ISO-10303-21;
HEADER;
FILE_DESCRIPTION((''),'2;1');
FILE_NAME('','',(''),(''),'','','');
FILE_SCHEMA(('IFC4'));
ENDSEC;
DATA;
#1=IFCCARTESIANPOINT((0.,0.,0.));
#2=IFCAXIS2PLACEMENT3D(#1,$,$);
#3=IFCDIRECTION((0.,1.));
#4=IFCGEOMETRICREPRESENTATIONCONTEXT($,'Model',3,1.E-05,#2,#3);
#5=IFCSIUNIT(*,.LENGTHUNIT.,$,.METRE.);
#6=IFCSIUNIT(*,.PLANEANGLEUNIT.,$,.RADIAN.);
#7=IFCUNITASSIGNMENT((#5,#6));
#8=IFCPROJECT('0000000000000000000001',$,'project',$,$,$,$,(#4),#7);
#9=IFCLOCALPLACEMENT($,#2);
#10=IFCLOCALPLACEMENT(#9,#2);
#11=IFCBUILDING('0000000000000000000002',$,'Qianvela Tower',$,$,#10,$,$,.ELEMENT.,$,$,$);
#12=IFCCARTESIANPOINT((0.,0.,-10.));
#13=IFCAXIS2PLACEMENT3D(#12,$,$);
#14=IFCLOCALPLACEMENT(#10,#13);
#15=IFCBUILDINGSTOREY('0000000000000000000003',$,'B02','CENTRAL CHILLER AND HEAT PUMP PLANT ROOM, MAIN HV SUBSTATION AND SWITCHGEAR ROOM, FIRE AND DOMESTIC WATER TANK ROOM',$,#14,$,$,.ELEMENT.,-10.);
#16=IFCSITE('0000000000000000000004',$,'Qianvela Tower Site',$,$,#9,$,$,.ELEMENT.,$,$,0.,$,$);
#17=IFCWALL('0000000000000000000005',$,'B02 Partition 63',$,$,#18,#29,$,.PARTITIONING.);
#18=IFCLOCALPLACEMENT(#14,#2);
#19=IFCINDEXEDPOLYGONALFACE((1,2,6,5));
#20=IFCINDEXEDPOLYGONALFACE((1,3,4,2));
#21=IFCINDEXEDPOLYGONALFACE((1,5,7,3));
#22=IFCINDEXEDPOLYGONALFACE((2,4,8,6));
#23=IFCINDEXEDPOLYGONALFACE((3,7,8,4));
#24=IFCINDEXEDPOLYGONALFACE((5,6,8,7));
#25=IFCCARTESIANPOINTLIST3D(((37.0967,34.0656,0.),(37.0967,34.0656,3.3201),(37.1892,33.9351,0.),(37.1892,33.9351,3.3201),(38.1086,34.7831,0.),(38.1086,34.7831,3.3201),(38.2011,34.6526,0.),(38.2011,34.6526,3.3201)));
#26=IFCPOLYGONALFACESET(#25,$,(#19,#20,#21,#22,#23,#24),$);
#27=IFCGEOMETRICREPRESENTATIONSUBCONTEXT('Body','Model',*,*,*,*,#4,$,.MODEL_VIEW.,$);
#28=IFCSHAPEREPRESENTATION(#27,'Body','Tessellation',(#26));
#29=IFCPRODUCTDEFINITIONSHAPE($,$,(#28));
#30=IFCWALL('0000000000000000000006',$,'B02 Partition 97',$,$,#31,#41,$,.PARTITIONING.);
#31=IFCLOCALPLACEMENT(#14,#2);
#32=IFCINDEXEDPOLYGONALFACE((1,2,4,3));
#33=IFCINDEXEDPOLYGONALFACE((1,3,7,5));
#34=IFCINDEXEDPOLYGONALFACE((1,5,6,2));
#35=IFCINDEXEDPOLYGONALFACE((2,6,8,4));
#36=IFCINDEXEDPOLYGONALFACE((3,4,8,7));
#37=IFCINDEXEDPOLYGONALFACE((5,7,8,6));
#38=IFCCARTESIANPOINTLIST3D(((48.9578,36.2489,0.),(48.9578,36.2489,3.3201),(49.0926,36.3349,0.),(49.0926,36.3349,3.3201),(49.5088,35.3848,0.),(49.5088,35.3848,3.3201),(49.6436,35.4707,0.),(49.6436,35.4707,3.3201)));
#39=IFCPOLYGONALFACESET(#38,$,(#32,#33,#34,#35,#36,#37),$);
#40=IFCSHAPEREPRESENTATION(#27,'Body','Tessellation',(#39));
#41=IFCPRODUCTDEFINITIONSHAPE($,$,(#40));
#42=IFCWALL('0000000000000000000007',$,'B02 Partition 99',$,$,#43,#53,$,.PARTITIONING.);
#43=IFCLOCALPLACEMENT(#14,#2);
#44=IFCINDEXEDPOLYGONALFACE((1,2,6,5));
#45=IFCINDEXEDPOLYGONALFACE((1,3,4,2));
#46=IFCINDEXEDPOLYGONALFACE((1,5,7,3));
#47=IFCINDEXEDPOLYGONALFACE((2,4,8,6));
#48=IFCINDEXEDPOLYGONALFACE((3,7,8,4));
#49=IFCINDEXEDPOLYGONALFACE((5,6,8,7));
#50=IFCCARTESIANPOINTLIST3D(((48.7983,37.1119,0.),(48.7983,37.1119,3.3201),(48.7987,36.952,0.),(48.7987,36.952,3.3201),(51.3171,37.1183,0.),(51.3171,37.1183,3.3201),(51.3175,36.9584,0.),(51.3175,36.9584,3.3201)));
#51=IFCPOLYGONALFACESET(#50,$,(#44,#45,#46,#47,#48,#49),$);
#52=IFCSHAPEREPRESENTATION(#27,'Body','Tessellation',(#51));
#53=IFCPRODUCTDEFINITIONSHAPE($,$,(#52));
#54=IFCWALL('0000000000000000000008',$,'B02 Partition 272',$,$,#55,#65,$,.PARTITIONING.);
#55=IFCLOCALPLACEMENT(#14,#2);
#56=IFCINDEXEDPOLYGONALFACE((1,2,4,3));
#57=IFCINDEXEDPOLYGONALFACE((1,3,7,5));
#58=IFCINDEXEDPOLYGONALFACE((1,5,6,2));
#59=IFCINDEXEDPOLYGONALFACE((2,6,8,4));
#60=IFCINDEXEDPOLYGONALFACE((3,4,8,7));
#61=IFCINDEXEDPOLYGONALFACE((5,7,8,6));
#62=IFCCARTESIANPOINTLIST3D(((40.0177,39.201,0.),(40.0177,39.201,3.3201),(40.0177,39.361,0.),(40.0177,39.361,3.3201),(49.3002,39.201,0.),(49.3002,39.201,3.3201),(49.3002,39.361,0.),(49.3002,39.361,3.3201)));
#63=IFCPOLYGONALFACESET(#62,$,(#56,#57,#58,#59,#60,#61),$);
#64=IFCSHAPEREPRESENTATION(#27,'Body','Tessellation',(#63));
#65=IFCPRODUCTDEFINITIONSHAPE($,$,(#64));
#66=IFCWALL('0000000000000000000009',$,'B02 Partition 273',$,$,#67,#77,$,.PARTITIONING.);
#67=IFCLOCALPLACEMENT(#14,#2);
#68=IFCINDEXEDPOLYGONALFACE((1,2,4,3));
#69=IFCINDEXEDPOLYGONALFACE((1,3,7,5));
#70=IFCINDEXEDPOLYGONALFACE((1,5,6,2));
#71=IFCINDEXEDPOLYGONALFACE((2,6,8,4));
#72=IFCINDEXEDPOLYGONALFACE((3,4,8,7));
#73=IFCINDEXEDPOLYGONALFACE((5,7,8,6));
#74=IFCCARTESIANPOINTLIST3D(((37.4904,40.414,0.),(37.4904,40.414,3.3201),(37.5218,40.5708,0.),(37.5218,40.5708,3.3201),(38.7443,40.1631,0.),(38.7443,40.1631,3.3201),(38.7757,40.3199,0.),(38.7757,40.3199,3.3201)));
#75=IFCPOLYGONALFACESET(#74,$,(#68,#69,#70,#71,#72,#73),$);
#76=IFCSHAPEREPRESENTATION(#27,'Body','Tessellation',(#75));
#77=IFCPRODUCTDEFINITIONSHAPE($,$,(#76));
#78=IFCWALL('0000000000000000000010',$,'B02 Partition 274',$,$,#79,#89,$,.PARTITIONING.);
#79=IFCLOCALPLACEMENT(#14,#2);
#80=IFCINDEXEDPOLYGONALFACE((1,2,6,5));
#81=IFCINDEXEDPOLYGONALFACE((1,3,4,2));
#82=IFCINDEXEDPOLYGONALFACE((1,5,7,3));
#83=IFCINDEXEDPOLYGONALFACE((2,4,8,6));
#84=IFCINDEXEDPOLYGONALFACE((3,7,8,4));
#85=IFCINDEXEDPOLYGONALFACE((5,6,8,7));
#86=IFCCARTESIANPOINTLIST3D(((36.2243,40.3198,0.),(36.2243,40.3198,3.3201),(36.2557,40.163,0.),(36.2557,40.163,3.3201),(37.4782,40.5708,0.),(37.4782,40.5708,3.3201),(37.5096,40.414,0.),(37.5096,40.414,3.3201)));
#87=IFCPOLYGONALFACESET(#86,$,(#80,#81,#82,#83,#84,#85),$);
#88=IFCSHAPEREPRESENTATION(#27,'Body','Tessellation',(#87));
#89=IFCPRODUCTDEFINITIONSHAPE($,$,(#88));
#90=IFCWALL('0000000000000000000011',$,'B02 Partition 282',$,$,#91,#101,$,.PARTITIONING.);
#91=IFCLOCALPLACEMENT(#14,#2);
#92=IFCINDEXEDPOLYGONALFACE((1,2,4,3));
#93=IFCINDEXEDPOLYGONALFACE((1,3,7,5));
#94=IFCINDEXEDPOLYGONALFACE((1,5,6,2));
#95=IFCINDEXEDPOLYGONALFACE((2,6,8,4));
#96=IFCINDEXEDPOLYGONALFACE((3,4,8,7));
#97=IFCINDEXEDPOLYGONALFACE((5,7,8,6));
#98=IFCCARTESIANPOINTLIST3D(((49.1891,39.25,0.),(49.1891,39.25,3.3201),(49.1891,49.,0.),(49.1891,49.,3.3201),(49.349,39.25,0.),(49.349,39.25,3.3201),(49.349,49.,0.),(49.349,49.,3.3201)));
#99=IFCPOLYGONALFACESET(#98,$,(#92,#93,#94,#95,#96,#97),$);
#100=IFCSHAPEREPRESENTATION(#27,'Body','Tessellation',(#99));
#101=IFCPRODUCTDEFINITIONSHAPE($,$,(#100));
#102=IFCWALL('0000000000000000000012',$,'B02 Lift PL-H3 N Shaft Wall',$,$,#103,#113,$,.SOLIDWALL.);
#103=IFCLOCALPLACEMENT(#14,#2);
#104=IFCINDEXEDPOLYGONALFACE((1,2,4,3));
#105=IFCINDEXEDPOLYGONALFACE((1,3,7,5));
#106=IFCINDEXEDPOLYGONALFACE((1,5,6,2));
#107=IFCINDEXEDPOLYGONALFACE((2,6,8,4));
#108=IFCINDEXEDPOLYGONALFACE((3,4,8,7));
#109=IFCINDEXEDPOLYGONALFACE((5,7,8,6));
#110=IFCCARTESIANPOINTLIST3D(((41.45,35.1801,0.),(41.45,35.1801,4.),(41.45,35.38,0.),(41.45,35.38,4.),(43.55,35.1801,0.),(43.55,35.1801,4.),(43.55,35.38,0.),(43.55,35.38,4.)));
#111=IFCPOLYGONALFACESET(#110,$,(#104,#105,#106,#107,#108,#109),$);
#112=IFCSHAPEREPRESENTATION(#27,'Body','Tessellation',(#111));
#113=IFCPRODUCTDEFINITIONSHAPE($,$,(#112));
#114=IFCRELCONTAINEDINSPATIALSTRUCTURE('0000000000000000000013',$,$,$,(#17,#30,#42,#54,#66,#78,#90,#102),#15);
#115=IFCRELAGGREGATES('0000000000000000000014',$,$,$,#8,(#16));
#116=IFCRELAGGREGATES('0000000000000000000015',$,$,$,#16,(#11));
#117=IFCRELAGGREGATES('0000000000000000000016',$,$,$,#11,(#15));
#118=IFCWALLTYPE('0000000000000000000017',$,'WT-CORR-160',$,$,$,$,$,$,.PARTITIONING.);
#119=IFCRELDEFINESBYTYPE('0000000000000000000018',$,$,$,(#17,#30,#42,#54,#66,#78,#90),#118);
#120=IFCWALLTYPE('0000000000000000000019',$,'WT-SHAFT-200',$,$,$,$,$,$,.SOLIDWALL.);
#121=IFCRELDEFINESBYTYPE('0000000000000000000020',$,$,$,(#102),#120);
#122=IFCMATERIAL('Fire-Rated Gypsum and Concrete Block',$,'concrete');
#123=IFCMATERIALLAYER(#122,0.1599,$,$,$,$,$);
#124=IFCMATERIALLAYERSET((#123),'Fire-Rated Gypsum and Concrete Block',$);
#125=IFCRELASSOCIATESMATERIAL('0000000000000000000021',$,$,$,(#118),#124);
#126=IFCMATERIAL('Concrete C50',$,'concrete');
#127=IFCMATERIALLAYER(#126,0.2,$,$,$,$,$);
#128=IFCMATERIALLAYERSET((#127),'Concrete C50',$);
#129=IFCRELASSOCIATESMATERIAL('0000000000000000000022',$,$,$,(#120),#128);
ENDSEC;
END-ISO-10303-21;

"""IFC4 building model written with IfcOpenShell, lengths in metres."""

from ifc_helpers import new_model, si_unit, direction, frame, frame_2d, origin, place, context, subcontext, project, spatial, rectangle, extrude, material, layer, layer_set, type_object, element, save


model = new_model("IFC4")

# Units and contexts
model_context = context("Model", 3, precision=1e-05, world=origin(), true_north=direction((0.0, 1.0)))
body_context = subcontext(model_context, "Body", "Model", "MODEL_VIEW")
ifc_project = project(units=[si_unit("LENGTHUNIT", "METRE"), si_unit("PLANEANGLEUNIT", "RADIAN")], contexts=[model_context])

# Site, building, storey
site_placement = place(None, origin())
site = spatial("IfcSite", under=ifc_project, at=site_placement, Name="Qianvela Tower Site", CompositionType="ELEMENT", RefElevation=0.0)
building_placement = place(site_placement, origin())
building = spatial("IfcBuilding", under=site, at=building_placement, Name="Qianvela Tower", CompositionType="ELEMENT")
storey_placement = place(building_placement, frame((0.0, 0.0, -10.0)))
storey = spatial("IfcBuildingStorey", under=building, at=storey_placement, Name="B02", Description="CENTRAL CHILLER AND HEAT PUMP PLANT ROOM, MAIN HV SUBSTATION AND SWITCHGEAR ROOM, FIRE AND DOMESTIC WATER TANK ROOM", CompositionType="ELEMENT", Elevation=-10.0)

# Walls
ifc_material_1 = material(Name="Fire-Rated Gypsum and Concrete Block", Category="concrete")
ifc_layer_1 = layer(ifc_material_1, 0.1599)
ifc_layer_set_1 = layer_set([ifc_layer_1], Name="Fire-Rated Gypsum and Concrete Block")
wall_type_1 = type_object("IfcWallType", Name="WT-CORR-160", PredefinedType="PARTITIONING", material=ifc_layer_set_1)
wall_1_placement = place(storey_placement, frame((38.1548, 34.7178, 0.0), z_axis=(0.0, 0.0, 1.0), x_axis=(-0.81575, -0.578405, 0.0)))
element("IfcWall", 1, at=wall_1_placement, inside=storey, type_object=wall_type_1, Name="B02 Partition 63", PredefinedType="PARTITIONING", context=body_context, shape_type="SweptSolid", body=[
    extrude(rectangle(XDim=1.2405, YDim=0.1599, at=frame_2d((0.6201, 0.0))), origin(), (0.0, 0.0, 1.0), 3.3201),
])
wall_2_placement = place(storey_placement, frame((49.5762, 35.4277, 0.0), z_axis=(0.0, 0.0, 1.0), x_axis=(-0.5376, 0.8432, 0.0)))
element("IfcWall", 2, at=wall_2_placement, inside=storey, type_object=wall_type_1, Name="B02 Partition 97", PredefinedType="PARTITIONING", context=body_context, shape_type="SweptSolid", body=[
    extrude(rectangle(XDim=1.0249, YDim=0.1599, at=frame_2d((0.5125, 0.0))), origin(), (0.0, 0.0, 1.0), 3.3201),
])
wall_3_placement = place(storey_placement, frame((48.7986, 37.032, 0.0), z_axis=(0.0, 0.0, 1.0), x_axis=(0.999997, 0.00252, 0.0)))
element("IfcWall", 3, at=wall_3_placement, inside=storey, type_object=wall_type_1, Name="B02 Partition 99", PredefinedType="PARTITIONING", context=body_context, shape_type="SweptSolid", body=[
    extrude(rectangle(XDim=2.5188, YDim=0.1599, at=frame_2d((1.2593, 0.0))), origin(), (0.0, 0.0, 1.0), 3.3201),
])
wall_4_placement = place(storey_placement, frame((49.3, 39.281, 0.0), z_axis=(0.0, 0.0, 1.0), x_axis=(-1.0, 0.0, 0.0)))
element("IfcWall", 4, at=wall_4_placement, inside=storey, type_object=wall_type_1, Name="B02 Partition 272", PredefinedType="PARTITIONING", context=body_context, shape_type="SweptSolid", body=[
    extrude(rectangle(XDim=9.2825, YDim=0.1599, at=frame_2d((4.6411, 0.0))), origin(), (0.0, 0.0, 1.0), 3.3201),
])
for number, where, z_axis, x_axis, name in (
    (5, (38.76, 40.2415, 0.0), (0.0, 0.0, 1.0), (-0.980551, 0.196263, 0.0), "B02 Partition 273"),
    (6, (37.4939, 40.4924, 0.0), (0.0, 0.0, 1.0), (-0.980551, -0.196263, 0.0), "B02 Partition 274"),
):
    element("IfcWall", number, at=place(storey_placement, frame(where, z_axis=z_axis, x_axis=x_axis)), inside=storey, type_object=wall_type_1, Name=name, PredefinedType="PARTITIONING", context=body_context, shape_type="SweptSolid", body=[
        extrude(rectangle(XDim=1.2788, YDim=0.1599, at=frame_2d((0.6394, 0.0))), origin(), (0.0, 0.0, 1.0), 3.3201),
    ])
wall_5_placement = place(storey_placement, frame((49.269, 49.0, 0.0), z_axis=(0.0, 0.0, 1.0), x_axis=(0.0, -1.0, 0.0)))
element("IfcWall", 7, at=wall_5_placement, inside=storey, type_object=wall_type_1, Name="B02 Partition 282", PredefinedType="PARTITIONING", context=body_context, shape_type="SweptSolid", body=[
    extrude(rectangle(XDim=9.75, YDim=0.1599, at=frame_2d((4.875, 0.0))), origin(), (0.0, 0.0, 1.0), 3.3201),
])
ifc_material_2 = material(Name="Concrete C50", Category="concrete")
ifc_layer_2 = layer(ifc_material_2, 0.2)
ifc_layer_set_2 = layer_set([ifc_layer_2], Name="Concrete C50")
wall_type_2 = type_object("IfcWallType", Name="WT-SHAFT-200", PredefinedType="SOLIDWALL", material=ifc_layer_set_2)
wall_6_placement = place(storey_placement, frame((41.45, 35.28, 0.0), z_axis=(0.0, 0.0, 1.0), x_axis=(1.0, 0.0, 0.0)))
element("IfcWall", 8, at=wall_6_placement, inside=storey, type_object=wall_type_2, Name="B02 Lift PL-H3 N Shaft Wall", PredefinedType="SOLIDWALL", context=body_context, shape_type="SweptSolid", body=[
    extrude(rectangle(XDim=2.1001, YDim=0.2, at=frame_2d((1.05, 0.0))), origin(), (0.0, 0.0, 1.0), 4.0),
])

save(model, "model.ifc")
